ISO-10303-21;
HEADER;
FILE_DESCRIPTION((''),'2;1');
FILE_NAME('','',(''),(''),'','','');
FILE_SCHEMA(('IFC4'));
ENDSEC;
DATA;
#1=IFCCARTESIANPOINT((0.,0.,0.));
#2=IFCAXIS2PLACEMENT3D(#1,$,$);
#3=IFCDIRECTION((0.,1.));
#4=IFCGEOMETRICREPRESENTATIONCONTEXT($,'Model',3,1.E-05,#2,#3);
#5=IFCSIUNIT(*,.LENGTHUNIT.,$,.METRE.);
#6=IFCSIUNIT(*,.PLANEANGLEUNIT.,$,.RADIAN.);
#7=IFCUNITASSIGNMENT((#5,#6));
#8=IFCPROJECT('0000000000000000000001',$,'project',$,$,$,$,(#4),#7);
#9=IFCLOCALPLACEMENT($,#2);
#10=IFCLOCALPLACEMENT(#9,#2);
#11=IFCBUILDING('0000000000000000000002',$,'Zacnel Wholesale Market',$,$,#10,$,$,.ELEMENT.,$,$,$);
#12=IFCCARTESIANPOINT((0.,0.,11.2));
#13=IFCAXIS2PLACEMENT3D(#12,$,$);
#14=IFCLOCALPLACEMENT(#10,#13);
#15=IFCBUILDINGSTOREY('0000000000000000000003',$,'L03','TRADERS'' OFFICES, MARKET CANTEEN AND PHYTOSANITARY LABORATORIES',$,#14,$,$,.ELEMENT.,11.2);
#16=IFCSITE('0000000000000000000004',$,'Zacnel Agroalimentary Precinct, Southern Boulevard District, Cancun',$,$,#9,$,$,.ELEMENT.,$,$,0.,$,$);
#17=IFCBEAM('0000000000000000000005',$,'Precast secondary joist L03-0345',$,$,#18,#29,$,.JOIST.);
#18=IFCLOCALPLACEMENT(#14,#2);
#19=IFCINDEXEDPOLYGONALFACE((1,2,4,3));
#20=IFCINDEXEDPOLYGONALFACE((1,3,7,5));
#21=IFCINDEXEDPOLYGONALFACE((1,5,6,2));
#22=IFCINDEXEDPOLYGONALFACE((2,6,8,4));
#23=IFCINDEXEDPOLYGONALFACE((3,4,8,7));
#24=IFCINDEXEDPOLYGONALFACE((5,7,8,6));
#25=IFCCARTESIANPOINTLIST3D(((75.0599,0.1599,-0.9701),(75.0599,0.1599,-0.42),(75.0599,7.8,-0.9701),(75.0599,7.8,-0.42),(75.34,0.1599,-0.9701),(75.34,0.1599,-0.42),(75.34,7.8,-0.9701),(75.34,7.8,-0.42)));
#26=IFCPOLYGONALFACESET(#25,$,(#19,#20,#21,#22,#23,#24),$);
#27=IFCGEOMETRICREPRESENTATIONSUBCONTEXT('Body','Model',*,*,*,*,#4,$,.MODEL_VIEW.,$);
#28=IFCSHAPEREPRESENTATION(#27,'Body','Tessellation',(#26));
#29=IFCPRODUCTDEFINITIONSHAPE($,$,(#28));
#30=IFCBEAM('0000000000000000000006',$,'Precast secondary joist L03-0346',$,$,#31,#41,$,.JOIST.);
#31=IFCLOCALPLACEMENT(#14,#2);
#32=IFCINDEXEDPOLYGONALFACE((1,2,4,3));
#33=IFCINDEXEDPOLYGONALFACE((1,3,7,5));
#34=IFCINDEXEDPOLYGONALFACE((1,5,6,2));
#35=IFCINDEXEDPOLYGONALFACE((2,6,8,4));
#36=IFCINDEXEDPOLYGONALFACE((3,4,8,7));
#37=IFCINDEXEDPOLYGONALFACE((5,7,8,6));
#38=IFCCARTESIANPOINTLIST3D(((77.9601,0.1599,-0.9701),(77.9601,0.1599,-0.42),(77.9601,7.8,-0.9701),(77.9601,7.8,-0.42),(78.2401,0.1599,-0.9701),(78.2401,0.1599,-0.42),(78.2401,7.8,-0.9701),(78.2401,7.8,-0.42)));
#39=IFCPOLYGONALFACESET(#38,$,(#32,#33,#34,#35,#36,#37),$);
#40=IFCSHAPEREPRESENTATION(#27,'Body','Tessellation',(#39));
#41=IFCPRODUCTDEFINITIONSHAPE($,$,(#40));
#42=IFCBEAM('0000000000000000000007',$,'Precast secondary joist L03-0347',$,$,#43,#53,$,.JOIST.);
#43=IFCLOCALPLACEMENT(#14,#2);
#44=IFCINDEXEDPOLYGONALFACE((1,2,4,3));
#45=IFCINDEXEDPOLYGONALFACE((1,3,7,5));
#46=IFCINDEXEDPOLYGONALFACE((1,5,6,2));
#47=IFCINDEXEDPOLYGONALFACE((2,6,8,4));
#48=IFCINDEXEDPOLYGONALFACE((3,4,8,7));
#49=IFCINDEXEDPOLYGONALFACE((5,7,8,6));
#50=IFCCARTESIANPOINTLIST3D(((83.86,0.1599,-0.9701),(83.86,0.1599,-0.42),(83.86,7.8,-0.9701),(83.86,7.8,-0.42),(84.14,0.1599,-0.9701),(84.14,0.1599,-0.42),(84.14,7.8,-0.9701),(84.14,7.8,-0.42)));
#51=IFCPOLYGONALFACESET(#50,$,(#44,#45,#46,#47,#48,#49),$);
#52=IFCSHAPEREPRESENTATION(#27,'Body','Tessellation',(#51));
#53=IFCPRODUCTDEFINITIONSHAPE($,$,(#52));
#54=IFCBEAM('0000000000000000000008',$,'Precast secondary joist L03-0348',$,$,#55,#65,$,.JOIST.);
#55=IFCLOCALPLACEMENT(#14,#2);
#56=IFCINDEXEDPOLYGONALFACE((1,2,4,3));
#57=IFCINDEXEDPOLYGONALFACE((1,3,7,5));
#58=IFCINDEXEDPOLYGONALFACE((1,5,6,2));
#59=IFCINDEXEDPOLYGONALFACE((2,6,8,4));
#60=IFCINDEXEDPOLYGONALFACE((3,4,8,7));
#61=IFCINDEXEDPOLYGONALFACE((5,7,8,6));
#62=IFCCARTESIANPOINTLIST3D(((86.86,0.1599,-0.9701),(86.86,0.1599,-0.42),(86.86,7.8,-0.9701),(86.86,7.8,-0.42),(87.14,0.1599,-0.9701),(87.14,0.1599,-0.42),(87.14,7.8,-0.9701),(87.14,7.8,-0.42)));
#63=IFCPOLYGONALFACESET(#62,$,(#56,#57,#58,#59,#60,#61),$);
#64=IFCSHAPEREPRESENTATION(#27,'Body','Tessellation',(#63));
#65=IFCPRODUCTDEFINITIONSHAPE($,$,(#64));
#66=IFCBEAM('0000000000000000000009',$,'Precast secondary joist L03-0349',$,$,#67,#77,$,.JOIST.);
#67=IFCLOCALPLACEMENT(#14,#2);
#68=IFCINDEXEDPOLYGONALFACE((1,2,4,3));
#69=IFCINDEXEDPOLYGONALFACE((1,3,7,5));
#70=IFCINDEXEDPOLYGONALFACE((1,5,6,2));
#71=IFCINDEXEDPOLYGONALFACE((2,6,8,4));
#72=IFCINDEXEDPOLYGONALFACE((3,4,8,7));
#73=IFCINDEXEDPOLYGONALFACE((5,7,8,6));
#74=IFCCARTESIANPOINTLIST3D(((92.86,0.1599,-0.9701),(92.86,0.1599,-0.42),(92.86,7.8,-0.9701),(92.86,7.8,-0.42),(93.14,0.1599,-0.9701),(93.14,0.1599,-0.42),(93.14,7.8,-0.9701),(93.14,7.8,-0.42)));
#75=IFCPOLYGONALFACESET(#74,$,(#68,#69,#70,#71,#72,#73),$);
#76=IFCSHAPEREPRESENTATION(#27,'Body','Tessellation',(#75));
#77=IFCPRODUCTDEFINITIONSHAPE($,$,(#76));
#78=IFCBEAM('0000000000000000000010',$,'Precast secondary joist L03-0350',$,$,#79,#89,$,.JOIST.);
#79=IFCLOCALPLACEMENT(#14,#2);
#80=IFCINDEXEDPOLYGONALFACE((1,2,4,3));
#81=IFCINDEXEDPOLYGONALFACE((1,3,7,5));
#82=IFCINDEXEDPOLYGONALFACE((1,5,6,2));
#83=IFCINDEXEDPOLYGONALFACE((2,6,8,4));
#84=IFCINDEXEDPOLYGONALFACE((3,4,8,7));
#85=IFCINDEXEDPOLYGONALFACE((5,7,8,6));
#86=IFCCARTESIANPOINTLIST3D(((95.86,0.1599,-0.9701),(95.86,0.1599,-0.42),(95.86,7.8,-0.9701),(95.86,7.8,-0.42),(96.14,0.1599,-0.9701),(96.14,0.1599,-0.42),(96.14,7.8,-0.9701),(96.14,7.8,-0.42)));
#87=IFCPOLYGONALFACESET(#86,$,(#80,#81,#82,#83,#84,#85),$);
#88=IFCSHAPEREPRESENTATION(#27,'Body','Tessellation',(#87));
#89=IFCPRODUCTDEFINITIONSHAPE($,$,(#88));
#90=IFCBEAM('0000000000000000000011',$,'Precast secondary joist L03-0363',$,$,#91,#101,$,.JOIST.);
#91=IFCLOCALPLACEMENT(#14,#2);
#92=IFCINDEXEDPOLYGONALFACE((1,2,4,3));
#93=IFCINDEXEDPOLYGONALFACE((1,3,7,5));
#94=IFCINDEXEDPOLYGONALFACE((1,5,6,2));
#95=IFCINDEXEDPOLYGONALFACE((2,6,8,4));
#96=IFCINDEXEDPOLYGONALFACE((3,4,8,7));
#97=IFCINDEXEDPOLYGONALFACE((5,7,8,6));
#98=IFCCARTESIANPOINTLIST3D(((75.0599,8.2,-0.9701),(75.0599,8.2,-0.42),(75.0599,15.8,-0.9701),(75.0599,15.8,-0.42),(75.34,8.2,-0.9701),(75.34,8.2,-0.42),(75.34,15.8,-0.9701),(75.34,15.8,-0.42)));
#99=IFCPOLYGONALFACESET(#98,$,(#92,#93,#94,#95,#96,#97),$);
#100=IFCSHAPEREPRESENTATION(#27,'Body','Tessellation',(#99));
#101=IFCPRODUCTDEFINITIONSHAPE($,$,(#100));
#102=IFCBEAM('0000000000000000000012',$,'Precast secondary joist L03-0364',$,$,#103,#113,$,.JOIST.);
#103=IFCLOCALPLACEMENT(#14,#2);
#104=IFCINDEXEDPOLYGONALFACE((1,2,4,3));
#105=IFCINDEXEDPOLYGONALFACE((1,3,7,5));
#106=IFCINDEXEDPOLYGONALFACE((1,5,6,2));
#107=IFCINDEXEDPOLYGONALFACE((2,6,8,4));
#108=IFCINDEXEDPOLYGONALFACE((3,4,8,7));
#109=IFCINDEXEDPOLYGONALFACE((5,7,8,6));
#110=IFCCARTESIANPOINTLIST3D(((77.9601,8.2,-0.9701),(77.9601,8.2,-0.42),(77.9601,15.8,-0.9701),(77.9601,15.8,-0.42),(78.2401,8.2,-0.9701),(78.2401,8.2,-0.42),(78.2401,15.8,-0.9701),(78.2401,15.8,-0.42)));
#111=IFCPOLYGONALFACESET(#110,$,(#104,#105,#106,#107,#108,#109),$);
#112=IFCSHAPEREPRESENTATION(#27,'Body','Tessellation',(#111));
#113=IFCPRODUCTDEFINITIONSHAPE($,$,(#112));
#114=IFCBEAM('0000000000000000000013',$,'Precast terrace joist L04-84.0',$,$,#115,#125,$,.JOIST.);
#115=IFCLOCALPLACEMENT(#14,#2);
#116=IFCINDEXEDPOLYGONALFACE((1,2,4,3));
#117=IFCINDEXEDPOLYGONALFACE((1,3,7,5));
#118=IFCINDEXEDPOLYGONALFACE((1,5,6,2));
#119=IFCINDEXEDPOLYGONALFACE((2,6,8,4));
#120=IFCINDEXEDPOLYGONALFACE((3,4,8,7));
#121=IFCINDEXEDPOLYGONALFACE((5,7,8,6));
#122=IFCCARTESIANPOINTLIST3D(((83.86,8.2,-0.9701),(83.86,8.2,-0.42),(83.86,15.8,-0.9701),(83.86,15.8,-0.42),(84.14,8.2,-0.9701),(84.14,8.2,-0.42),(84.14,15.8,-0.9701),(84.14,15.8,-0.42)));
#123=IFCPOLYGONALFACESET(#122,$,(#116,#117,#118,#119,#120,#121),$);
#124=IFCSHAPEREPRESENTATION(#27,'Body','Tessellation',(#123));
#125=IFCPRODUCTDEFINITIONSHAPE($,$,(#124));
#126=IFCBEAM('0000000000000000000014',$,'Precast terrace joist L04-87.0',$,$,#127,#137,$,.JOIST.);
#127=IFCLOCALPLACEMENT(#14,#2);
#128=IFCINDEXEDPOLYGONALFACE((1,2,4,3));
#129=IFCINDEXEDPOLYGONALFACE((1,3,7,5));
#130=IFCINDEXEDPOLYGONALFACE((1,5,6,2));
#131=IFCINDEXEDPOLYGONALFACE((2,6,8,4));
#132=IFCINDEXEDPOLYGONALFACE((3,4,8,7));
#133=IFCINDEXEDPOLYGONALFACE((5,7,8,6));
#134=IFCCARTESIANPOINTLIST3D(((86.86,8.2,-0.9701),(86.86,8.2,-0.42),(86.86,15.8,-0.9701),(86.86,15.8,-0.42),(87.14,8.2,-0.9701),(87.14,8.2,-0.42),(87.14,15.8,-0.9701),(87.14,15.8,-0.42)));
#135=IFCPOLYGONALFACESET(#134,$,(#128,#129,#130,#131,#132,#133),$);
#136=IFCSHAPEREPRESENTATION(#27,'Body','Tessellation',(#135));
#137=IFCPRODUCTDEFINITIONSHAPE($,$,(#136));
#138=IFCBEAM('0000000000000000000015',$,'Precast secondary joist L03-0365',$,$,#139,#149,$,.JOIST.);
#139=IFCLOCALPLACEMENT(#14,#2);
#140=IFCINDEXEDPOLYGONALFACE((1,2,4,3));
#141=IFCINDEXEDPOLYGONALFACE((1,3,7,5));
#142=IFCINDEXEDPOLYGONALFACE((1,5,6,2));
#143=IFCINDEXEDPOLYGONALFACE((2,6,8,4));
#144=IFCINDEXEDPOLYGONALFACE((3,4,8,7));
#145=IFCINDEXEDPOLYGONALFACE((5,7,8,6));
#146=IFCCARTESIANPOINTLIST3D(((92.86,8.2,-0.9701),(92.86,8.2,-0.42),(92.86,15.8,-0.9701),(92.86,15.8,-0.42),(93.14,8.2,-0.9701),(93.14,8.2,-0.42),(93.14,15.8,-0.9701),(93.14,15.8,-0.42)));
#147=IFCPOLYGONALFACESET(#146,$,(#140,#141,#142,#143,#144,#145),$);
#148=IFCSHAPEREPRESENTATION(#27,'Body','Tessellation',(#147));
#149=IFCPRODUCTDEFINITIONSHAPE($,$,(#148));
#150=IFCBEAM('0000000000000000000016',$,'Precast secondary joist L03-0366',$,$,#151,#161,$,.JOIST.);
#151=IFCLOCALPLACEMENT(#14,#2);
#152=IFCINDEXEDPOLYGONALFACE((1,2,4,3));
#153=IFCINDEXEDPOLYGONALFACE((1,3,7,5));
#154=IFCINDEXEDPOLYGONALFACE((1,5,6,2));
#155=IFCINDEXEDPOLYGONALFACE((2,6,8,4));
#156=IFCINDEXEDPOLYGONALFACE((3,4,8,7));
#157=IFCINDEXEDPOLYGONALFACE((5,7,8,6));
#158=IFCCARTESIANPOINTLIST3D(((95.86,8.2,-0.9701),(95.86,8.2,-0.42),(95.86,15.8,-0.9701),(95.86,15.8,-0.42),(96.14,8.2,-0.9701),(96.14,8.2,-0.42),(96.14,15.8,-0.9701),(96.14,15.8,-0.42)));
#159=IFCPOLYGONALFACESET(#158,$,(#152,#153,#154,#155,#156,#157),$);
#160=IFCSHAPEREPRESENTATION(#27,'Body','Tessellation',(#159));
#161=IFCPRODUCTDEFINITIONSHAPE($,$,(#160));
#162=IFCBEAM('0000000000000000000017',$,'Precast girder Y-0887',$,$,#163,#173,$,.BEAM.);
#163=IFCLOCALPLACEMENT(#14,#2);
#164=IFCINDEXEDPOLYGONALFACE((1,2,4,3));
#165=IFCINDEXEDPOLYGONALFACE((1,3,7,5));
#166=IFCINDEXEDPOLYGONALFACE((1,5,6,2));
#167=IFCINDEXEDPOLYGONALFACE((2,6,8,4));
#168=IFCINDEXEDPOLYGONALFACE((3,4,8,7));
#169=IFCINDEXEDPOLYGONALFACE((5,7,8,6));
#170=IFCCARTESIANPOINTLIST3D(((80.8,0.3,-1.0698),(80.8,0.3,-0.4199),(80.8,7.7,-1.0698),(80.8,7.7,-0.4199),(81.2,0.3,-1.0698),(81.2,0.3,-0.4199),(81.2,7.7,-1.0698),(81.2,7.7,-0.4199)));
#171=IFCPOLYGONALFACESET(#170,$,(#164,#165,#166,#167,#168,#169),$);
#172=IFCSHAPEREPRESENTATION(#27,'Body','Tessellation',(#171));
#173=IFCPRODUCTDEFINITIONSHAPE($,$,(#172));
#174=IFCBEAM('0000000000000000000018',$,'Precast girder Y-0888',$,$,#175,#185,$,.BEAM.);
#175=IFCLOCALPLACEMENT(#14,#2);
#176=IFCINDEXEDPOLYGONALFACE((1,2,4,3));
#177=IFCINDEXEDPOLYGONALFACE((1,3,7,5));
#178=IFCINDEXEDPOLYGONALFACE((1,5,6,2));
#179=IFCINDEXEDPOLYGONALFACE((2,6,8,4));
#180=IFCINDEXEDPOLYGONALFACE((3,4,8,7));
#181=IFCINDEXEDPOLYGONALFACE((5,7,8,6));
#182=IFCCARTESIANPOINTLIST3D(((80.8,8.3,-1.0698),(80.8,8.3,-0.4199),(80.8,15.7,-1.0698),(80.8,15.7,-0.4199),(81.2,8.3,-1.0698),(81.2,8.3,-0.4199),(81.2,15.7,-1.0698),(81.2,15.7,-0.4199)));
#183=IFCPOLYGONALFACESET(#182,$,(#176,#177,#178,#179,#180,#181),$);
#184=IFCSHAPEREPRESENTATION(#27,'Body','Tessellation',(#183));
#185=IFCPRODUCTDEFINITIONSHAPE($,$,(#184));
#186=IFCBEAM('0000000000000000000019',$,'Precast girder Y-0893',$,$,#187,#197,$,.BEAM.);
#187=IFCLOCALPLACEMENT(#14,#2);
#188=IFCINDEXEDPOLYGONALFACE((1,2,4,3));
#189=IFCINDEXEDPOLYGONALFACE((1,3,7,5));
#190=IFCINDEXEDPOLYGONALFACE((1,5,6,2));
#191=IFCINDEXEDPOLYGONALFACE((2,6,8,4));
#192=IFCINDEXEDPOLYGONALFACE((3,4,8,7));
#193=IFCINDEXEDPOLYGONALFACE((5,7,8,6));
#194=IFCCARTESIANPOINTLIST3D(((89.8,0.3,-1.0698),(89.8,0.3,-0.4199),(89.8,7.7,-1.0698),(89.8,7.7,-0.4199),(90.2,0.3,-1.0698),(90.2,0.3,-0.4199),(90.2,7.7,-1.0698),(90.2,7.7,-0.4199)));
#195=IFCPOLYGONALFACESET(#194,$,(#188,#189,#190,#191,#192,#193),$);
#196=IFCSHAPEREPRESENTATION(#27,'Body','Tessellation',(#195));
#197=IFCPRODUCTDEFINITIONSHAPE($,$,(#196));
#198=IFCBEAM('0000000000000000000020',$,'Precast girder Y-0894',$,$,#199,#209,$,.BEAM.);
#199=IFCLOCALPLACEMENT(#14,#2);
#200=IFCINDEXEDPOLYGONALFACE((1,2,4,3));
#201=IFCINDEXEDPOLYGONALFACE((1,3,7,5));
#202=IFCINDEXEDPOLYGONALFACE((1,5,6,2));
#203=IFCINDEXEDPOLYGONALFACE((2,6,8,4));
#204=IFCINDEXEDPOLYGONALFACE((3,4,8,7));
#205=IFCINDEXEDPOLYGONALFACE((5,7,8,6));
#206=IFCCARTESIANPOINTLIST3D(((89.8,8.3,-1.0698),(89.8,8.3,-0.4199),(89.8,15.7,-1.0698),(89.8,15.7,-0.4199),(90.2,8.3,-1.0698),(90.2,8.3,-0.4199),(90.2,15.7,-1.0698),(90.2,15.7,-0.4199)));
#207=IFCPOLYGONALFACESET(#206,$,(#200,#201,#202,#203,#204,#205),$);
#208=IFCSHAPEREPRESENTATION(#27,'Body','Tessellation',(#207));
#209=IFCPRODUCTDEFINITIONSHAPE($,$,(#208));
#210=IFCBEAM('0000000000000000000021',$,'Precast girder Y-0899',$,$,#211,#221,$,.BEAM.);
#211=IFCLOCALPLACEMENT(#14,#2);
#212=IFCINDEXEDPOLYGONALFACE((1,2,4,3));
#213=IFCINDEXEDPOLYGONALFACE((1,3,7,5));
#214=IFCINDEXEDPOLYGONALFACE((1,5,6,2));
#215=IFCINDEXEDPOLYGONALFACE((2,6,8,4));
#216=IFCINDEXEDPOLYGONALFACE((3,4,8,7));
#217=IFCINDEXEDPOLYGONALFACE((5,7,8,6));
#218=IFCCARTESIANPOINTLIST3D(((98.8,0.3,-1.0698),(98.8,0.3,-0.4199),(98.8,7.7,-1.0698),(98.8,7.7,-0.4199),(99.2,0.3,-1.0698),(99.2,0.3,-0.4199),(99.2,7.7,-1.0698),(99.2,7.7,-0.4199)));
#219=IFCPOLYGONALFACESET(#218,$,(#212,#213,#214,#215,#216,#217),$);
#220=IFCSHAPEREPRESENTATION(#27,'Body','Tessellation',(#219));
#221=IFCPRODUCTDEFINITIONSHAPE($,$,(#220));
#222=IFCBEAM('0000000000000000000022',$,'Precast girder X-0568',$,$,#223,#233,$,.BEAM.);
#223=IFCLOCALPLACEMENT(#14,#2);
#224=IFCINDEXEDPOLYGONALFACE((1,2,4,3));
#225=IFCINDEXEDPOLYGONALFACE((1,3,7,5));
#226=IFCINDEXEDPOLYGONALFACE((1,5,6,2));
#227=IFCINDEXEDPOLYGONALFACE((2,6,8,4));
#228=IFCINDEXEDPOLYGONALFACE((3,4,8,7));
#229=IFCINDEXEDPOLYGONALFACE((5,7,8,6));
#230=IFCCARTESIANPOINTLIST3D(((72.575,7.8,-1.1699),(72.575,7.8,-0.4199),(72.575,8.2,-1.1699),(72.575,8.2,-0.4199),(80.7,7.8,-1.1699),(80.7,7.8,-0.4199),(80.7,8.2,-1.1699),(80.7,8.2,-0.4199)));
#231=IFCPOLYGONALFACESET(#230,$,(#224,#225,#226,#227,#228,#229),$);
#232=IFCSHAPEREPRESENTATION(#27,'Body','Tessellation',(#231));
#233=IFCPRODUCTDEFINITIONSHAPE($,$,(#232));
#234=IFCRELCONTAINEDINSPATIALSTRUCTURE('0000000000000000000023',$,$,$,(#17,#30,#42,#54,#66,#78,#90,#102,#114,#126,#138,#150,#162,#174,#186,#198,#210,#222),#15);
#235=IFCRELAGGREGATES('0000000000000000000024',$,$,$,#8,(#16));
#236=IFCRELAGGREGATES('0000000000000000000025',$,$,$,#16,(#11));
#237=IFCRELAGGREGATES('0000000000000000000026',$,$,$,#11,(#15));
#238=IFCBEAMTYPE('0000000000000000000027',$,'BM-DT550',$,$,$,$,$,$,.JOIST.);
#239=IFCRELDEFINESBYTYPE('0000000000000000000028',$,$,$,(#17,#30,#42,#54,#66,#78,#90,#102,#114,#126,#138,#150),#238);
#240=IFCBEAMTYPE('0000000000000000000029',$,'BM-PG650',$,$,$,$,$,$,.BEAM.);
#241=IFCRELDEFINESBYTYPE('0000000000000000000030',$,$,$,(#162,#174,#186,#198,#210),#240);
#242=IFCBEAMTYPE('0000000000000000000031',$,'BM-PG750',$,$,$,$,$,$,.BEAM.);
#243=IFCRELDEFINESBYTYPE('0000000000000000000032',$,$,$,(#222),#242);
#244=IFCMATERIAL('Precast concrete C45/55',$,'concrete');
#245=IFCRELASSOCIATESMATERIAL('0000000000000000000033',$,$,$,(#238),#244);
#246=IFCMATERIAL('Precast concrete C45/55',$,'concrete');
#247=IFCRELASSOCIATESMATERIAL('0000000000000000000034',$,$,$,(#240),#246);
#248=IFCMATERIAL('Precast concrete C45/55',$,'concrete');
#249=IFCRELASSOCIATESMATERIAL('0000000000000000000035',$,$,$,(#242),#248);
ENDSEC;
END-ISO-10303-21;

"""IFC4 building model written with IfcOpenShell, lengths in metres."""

from ifc_helpers import new_model, si_unit, direction, frame, origin, origin_2d, place, context, subcontext, project, spatial, rectangle, extrude, material, material_profile, profile_set, type_object, element, save


model = new_model("IFC4")

# Units and contexts
model_context = context("Model", 3, precision=1e-05, world=origin(), true_north=direction((0.0, 1.0)))
body_context = subcontext(model_context, "Body", "Model", "MODEL_VIEW")
ifc_project = project(units=[si_unit("LENGTHUNIT", "METRE"), si_unit("PLANEANGLEUNIT", "RADIAN")], contexts=[model_context])

# Site, building, storey
site_placement = place(None, origin())
site = spatial("IfcSite", under=ifc_project, at=site_placement, Name="Zacnel Agroalimentary Precinct, Southern Boulevard District, Cancun", CompositionType="ELEMENT", RefElevation=0.0)
building_placement = place(site_placement, origin())
building = spatial("IfcBuilding", under=site, at=building_placement, Name="Zacnel Wholesale Market", CompositionType="ELEMENT")
storey_placement = place(building_placement, frame((0.0, 0.0, 11.2)))
storey = spatial("IfcBuildingStorey", under=building, at=storey_placement, Name="L03", Description="TRADERS' OFFICES, MARKET CANTEEN AND PHYTOSANITARY LABORATORIES", CompositionType="ELEMENT", Elevation=11.2)

# Beams
ifc_material_1 = material(Name="Precast concrete C45/55", Category="concrete")
ifc_material_profile_1 = material_profile(ifc_material_1, rectangle(XDim=0.28, YDim=0.55, at=origin_2d()), Name="DT RIB 280x550")
ifc_profile_set_1 = profile_set([ifc_material_profile_1], Name="Precast concrete C45/55")
beam_type_1 = type_object("IfcBeamType", Name="BM-DT550", PredefinedType="JOIST", material=ifc_profile_set_1)
for number, where, z_axis, x_axis, name in (
    (1, (75.2, 0.1599, -0.6951), (0.0, 1.0, 0.0), (-1.0, 0.0, 0.0), "Precast secondary joist L03-0345"),
    (2, (78.1001, 0.1599, -0.6951), (0.0, 1.0, 0.0), (-1.0, 0.0, 0.0), "Precast secondary joist L03-0346"),
    (3, (84.0, 0.1599, -0.6951), (0.0, 1.0, 0.0), (-1.0, 0.0, 0.0), "Precast secondary joist L03-0347"),
    (4, (87.0, 0.1599, -0.6951), (0.0, 1.0, 0.0), (-1.0, 0.0, 0.0), "Precast secondary joist L03-0348"),
    (5, (93.0, 0.1599, -0.6951), (0.0, 1.0, 0.0), (-1.0, 0.0, 0.0), "Precast secondary joist L03-0349"),
    (6, (96.0, 0.1599, -0.6951), (0.0, 1.0, 0.0), (-1.0, 0.0, 0.0), "Precast secondary joist L03-0350"),
):
    element("IfcBeam", number, at=place(storey_placement, frame(where, z_axis=z_axis, x_axis=x_axis)), inside=storey, type_object=beam_type_1, Name=name, PredefinedType="JOIST", context=body_context, shape_type="SweptSolid", body=[
        extrude(rectangle(XDim=0.28, YDim=0.55, at=origin_2d()), origin(), (0.0, 0.0, 1.0), 7.6401),
    ])
for number, where, z_axis, x_axis, name in (
    (7, (75.2, 8.2, -0.6951), (0.0, 1.0, 0.0), (-1.0, 0.0, 0.0), "Precast secondary joist L03-0363"),
    (8, (78.1001, 8.2, -0.6951), (0.0, 1.0, 0.0), (-1.0, 0.0, 0.0), "Precast secondary joist L03-0364"),
    (9, (84.0, 8.2, -0.6951), (0.0, 1.0, 0.0), (-1.0, 0.0, 0.0), "Precast terrace joist L04-84.0"),
    (10, (87.0, 8.2, -0.6951), (0.0, 1.0, 0.0), (-1.0, 0.0, 0.0), "Precast terrace joist L04-87.0"),
    (11, (93.0, 8.2, -0.6951), (0.0, 1.0, 0.0), (-1.0, 0.0, 0.0), "Precast secondary joist L03-0365"),
    (12, (96.0, 8.2, -0.6951), (0.0, 1.0, 0.0), (-1.0, 0.0, 0.0), "Precast secondary joist L03-0366"),
):
    element("IfcBeam", number, at=place(storey_placement, frame(where, z_axis=z_axis, x_axis=x_axis)), inside=storey, type_object=beam_type_1, Name=name, PredefinedType="JOIST", context=body_context, shape_type="SweptSolid", body=[
        extrude(rectangle(XDim=0.28, YDim=0.55, at=origin_2d()), origin(), (0.0, 0.0, 1.0), 7.6001),
    ])
ifc_material_2 = material(Name="Precast concrete C45/55", Category="concrete")
ifc_material_profile_2 = material_profile(ifc_material_2, rectangle(XDim=0.3999, YDim=0.6499, at=origin_2d()), Name="PG 400x650")
ifc_profile_set_2 = profile_set([ifc_material_profile_2], Name="Precast concrete C45/55")
beam_type_2 = type_object("IfcBeamType", Name="BM-PG650", PredefinedType="BEAM", material=ifc_profile_set_2)
for number, where, z_axis, x_axis, name in (
    (13, (81.0, 0.3, -0.7449), (0.0, 1.0, 0.0), (-1.0, 0.0, 0.0), "Precast girder Y-0887"),
    (14, (81.0, 8.3, -0.7449), (0.0, 1.0, 0.0), (-1.0, 0.0, 0.0), "Precast girder Y-0888"),
    (15, (90.0, 0.3, -0.7449), (0.0, 1.0, 0.0), (-1.0, 0.0, 0.0), "Precast girder Y-0893"),
    (16, (90.0, 8.3, -0.7449), (0.0, 1.0, 0.0), (-1.0, 0.0, 0.0), "Precast girder Y-0894"),
    (17, (99.0, 0.3, -0.7449), (0.0, 1.0, 0.0), (-1.0, 0.0, 0.0), "Precast girder Y-0899"),
):
    element("IfcBeam", number, at=place(storey_placement, frame(where, z_axis=z_axis, x_axis=x_axis)), inside=storey, type_object=beam_type_2, Name=name, PredefinedType="BEAM", context=body_context, shape_type="SweptSolid", body=[
        extrude(rectangle(XDim=0.3999, YDim=0.6499, at=origin_2d()), origin(), (0.0, 0.0, 1.0), 7.3999),
    ])
ifc_material_3 = material(Name="Precast concrete C45/55", Category="concrete")
ifc_material_profile_3 = material_profile(ifc_material_3, rectangle(XDim=0.3999, YDim=0.75, at=origin_2d()), Name="PG 400x750")
ifc_profile_set_3 = profile_set([ifc_material_profile_3], Name="Precast concrete C45/55")
beam_type_3 = type_object("IfcBeamType", Name="BM-PG750", PredefinedType="BEAM", material=ifc_profile_set_3)
beam_1_placement = place(storey_placement, frame((72.575, 8.0, -0.7949), z_axis=(1.0, 0.0, 0.0), x_axis=(0.0, 1.0, 0.0)))
element("IfcBeam", 18, at=beam_1_placement, inside=storey, type_object=beam_type_3, Name="Precast girder X-0568", PredefinedType="BEAM", context=body_context, shape_type="SweptSolid", body=[
    extrude(rectangle(XDim=0.3999, YDim=0.75, at=origin_2d()), origin(), (0.0, 0.0, 1.0), 8.125),
])

save(model, "model.ifc")
